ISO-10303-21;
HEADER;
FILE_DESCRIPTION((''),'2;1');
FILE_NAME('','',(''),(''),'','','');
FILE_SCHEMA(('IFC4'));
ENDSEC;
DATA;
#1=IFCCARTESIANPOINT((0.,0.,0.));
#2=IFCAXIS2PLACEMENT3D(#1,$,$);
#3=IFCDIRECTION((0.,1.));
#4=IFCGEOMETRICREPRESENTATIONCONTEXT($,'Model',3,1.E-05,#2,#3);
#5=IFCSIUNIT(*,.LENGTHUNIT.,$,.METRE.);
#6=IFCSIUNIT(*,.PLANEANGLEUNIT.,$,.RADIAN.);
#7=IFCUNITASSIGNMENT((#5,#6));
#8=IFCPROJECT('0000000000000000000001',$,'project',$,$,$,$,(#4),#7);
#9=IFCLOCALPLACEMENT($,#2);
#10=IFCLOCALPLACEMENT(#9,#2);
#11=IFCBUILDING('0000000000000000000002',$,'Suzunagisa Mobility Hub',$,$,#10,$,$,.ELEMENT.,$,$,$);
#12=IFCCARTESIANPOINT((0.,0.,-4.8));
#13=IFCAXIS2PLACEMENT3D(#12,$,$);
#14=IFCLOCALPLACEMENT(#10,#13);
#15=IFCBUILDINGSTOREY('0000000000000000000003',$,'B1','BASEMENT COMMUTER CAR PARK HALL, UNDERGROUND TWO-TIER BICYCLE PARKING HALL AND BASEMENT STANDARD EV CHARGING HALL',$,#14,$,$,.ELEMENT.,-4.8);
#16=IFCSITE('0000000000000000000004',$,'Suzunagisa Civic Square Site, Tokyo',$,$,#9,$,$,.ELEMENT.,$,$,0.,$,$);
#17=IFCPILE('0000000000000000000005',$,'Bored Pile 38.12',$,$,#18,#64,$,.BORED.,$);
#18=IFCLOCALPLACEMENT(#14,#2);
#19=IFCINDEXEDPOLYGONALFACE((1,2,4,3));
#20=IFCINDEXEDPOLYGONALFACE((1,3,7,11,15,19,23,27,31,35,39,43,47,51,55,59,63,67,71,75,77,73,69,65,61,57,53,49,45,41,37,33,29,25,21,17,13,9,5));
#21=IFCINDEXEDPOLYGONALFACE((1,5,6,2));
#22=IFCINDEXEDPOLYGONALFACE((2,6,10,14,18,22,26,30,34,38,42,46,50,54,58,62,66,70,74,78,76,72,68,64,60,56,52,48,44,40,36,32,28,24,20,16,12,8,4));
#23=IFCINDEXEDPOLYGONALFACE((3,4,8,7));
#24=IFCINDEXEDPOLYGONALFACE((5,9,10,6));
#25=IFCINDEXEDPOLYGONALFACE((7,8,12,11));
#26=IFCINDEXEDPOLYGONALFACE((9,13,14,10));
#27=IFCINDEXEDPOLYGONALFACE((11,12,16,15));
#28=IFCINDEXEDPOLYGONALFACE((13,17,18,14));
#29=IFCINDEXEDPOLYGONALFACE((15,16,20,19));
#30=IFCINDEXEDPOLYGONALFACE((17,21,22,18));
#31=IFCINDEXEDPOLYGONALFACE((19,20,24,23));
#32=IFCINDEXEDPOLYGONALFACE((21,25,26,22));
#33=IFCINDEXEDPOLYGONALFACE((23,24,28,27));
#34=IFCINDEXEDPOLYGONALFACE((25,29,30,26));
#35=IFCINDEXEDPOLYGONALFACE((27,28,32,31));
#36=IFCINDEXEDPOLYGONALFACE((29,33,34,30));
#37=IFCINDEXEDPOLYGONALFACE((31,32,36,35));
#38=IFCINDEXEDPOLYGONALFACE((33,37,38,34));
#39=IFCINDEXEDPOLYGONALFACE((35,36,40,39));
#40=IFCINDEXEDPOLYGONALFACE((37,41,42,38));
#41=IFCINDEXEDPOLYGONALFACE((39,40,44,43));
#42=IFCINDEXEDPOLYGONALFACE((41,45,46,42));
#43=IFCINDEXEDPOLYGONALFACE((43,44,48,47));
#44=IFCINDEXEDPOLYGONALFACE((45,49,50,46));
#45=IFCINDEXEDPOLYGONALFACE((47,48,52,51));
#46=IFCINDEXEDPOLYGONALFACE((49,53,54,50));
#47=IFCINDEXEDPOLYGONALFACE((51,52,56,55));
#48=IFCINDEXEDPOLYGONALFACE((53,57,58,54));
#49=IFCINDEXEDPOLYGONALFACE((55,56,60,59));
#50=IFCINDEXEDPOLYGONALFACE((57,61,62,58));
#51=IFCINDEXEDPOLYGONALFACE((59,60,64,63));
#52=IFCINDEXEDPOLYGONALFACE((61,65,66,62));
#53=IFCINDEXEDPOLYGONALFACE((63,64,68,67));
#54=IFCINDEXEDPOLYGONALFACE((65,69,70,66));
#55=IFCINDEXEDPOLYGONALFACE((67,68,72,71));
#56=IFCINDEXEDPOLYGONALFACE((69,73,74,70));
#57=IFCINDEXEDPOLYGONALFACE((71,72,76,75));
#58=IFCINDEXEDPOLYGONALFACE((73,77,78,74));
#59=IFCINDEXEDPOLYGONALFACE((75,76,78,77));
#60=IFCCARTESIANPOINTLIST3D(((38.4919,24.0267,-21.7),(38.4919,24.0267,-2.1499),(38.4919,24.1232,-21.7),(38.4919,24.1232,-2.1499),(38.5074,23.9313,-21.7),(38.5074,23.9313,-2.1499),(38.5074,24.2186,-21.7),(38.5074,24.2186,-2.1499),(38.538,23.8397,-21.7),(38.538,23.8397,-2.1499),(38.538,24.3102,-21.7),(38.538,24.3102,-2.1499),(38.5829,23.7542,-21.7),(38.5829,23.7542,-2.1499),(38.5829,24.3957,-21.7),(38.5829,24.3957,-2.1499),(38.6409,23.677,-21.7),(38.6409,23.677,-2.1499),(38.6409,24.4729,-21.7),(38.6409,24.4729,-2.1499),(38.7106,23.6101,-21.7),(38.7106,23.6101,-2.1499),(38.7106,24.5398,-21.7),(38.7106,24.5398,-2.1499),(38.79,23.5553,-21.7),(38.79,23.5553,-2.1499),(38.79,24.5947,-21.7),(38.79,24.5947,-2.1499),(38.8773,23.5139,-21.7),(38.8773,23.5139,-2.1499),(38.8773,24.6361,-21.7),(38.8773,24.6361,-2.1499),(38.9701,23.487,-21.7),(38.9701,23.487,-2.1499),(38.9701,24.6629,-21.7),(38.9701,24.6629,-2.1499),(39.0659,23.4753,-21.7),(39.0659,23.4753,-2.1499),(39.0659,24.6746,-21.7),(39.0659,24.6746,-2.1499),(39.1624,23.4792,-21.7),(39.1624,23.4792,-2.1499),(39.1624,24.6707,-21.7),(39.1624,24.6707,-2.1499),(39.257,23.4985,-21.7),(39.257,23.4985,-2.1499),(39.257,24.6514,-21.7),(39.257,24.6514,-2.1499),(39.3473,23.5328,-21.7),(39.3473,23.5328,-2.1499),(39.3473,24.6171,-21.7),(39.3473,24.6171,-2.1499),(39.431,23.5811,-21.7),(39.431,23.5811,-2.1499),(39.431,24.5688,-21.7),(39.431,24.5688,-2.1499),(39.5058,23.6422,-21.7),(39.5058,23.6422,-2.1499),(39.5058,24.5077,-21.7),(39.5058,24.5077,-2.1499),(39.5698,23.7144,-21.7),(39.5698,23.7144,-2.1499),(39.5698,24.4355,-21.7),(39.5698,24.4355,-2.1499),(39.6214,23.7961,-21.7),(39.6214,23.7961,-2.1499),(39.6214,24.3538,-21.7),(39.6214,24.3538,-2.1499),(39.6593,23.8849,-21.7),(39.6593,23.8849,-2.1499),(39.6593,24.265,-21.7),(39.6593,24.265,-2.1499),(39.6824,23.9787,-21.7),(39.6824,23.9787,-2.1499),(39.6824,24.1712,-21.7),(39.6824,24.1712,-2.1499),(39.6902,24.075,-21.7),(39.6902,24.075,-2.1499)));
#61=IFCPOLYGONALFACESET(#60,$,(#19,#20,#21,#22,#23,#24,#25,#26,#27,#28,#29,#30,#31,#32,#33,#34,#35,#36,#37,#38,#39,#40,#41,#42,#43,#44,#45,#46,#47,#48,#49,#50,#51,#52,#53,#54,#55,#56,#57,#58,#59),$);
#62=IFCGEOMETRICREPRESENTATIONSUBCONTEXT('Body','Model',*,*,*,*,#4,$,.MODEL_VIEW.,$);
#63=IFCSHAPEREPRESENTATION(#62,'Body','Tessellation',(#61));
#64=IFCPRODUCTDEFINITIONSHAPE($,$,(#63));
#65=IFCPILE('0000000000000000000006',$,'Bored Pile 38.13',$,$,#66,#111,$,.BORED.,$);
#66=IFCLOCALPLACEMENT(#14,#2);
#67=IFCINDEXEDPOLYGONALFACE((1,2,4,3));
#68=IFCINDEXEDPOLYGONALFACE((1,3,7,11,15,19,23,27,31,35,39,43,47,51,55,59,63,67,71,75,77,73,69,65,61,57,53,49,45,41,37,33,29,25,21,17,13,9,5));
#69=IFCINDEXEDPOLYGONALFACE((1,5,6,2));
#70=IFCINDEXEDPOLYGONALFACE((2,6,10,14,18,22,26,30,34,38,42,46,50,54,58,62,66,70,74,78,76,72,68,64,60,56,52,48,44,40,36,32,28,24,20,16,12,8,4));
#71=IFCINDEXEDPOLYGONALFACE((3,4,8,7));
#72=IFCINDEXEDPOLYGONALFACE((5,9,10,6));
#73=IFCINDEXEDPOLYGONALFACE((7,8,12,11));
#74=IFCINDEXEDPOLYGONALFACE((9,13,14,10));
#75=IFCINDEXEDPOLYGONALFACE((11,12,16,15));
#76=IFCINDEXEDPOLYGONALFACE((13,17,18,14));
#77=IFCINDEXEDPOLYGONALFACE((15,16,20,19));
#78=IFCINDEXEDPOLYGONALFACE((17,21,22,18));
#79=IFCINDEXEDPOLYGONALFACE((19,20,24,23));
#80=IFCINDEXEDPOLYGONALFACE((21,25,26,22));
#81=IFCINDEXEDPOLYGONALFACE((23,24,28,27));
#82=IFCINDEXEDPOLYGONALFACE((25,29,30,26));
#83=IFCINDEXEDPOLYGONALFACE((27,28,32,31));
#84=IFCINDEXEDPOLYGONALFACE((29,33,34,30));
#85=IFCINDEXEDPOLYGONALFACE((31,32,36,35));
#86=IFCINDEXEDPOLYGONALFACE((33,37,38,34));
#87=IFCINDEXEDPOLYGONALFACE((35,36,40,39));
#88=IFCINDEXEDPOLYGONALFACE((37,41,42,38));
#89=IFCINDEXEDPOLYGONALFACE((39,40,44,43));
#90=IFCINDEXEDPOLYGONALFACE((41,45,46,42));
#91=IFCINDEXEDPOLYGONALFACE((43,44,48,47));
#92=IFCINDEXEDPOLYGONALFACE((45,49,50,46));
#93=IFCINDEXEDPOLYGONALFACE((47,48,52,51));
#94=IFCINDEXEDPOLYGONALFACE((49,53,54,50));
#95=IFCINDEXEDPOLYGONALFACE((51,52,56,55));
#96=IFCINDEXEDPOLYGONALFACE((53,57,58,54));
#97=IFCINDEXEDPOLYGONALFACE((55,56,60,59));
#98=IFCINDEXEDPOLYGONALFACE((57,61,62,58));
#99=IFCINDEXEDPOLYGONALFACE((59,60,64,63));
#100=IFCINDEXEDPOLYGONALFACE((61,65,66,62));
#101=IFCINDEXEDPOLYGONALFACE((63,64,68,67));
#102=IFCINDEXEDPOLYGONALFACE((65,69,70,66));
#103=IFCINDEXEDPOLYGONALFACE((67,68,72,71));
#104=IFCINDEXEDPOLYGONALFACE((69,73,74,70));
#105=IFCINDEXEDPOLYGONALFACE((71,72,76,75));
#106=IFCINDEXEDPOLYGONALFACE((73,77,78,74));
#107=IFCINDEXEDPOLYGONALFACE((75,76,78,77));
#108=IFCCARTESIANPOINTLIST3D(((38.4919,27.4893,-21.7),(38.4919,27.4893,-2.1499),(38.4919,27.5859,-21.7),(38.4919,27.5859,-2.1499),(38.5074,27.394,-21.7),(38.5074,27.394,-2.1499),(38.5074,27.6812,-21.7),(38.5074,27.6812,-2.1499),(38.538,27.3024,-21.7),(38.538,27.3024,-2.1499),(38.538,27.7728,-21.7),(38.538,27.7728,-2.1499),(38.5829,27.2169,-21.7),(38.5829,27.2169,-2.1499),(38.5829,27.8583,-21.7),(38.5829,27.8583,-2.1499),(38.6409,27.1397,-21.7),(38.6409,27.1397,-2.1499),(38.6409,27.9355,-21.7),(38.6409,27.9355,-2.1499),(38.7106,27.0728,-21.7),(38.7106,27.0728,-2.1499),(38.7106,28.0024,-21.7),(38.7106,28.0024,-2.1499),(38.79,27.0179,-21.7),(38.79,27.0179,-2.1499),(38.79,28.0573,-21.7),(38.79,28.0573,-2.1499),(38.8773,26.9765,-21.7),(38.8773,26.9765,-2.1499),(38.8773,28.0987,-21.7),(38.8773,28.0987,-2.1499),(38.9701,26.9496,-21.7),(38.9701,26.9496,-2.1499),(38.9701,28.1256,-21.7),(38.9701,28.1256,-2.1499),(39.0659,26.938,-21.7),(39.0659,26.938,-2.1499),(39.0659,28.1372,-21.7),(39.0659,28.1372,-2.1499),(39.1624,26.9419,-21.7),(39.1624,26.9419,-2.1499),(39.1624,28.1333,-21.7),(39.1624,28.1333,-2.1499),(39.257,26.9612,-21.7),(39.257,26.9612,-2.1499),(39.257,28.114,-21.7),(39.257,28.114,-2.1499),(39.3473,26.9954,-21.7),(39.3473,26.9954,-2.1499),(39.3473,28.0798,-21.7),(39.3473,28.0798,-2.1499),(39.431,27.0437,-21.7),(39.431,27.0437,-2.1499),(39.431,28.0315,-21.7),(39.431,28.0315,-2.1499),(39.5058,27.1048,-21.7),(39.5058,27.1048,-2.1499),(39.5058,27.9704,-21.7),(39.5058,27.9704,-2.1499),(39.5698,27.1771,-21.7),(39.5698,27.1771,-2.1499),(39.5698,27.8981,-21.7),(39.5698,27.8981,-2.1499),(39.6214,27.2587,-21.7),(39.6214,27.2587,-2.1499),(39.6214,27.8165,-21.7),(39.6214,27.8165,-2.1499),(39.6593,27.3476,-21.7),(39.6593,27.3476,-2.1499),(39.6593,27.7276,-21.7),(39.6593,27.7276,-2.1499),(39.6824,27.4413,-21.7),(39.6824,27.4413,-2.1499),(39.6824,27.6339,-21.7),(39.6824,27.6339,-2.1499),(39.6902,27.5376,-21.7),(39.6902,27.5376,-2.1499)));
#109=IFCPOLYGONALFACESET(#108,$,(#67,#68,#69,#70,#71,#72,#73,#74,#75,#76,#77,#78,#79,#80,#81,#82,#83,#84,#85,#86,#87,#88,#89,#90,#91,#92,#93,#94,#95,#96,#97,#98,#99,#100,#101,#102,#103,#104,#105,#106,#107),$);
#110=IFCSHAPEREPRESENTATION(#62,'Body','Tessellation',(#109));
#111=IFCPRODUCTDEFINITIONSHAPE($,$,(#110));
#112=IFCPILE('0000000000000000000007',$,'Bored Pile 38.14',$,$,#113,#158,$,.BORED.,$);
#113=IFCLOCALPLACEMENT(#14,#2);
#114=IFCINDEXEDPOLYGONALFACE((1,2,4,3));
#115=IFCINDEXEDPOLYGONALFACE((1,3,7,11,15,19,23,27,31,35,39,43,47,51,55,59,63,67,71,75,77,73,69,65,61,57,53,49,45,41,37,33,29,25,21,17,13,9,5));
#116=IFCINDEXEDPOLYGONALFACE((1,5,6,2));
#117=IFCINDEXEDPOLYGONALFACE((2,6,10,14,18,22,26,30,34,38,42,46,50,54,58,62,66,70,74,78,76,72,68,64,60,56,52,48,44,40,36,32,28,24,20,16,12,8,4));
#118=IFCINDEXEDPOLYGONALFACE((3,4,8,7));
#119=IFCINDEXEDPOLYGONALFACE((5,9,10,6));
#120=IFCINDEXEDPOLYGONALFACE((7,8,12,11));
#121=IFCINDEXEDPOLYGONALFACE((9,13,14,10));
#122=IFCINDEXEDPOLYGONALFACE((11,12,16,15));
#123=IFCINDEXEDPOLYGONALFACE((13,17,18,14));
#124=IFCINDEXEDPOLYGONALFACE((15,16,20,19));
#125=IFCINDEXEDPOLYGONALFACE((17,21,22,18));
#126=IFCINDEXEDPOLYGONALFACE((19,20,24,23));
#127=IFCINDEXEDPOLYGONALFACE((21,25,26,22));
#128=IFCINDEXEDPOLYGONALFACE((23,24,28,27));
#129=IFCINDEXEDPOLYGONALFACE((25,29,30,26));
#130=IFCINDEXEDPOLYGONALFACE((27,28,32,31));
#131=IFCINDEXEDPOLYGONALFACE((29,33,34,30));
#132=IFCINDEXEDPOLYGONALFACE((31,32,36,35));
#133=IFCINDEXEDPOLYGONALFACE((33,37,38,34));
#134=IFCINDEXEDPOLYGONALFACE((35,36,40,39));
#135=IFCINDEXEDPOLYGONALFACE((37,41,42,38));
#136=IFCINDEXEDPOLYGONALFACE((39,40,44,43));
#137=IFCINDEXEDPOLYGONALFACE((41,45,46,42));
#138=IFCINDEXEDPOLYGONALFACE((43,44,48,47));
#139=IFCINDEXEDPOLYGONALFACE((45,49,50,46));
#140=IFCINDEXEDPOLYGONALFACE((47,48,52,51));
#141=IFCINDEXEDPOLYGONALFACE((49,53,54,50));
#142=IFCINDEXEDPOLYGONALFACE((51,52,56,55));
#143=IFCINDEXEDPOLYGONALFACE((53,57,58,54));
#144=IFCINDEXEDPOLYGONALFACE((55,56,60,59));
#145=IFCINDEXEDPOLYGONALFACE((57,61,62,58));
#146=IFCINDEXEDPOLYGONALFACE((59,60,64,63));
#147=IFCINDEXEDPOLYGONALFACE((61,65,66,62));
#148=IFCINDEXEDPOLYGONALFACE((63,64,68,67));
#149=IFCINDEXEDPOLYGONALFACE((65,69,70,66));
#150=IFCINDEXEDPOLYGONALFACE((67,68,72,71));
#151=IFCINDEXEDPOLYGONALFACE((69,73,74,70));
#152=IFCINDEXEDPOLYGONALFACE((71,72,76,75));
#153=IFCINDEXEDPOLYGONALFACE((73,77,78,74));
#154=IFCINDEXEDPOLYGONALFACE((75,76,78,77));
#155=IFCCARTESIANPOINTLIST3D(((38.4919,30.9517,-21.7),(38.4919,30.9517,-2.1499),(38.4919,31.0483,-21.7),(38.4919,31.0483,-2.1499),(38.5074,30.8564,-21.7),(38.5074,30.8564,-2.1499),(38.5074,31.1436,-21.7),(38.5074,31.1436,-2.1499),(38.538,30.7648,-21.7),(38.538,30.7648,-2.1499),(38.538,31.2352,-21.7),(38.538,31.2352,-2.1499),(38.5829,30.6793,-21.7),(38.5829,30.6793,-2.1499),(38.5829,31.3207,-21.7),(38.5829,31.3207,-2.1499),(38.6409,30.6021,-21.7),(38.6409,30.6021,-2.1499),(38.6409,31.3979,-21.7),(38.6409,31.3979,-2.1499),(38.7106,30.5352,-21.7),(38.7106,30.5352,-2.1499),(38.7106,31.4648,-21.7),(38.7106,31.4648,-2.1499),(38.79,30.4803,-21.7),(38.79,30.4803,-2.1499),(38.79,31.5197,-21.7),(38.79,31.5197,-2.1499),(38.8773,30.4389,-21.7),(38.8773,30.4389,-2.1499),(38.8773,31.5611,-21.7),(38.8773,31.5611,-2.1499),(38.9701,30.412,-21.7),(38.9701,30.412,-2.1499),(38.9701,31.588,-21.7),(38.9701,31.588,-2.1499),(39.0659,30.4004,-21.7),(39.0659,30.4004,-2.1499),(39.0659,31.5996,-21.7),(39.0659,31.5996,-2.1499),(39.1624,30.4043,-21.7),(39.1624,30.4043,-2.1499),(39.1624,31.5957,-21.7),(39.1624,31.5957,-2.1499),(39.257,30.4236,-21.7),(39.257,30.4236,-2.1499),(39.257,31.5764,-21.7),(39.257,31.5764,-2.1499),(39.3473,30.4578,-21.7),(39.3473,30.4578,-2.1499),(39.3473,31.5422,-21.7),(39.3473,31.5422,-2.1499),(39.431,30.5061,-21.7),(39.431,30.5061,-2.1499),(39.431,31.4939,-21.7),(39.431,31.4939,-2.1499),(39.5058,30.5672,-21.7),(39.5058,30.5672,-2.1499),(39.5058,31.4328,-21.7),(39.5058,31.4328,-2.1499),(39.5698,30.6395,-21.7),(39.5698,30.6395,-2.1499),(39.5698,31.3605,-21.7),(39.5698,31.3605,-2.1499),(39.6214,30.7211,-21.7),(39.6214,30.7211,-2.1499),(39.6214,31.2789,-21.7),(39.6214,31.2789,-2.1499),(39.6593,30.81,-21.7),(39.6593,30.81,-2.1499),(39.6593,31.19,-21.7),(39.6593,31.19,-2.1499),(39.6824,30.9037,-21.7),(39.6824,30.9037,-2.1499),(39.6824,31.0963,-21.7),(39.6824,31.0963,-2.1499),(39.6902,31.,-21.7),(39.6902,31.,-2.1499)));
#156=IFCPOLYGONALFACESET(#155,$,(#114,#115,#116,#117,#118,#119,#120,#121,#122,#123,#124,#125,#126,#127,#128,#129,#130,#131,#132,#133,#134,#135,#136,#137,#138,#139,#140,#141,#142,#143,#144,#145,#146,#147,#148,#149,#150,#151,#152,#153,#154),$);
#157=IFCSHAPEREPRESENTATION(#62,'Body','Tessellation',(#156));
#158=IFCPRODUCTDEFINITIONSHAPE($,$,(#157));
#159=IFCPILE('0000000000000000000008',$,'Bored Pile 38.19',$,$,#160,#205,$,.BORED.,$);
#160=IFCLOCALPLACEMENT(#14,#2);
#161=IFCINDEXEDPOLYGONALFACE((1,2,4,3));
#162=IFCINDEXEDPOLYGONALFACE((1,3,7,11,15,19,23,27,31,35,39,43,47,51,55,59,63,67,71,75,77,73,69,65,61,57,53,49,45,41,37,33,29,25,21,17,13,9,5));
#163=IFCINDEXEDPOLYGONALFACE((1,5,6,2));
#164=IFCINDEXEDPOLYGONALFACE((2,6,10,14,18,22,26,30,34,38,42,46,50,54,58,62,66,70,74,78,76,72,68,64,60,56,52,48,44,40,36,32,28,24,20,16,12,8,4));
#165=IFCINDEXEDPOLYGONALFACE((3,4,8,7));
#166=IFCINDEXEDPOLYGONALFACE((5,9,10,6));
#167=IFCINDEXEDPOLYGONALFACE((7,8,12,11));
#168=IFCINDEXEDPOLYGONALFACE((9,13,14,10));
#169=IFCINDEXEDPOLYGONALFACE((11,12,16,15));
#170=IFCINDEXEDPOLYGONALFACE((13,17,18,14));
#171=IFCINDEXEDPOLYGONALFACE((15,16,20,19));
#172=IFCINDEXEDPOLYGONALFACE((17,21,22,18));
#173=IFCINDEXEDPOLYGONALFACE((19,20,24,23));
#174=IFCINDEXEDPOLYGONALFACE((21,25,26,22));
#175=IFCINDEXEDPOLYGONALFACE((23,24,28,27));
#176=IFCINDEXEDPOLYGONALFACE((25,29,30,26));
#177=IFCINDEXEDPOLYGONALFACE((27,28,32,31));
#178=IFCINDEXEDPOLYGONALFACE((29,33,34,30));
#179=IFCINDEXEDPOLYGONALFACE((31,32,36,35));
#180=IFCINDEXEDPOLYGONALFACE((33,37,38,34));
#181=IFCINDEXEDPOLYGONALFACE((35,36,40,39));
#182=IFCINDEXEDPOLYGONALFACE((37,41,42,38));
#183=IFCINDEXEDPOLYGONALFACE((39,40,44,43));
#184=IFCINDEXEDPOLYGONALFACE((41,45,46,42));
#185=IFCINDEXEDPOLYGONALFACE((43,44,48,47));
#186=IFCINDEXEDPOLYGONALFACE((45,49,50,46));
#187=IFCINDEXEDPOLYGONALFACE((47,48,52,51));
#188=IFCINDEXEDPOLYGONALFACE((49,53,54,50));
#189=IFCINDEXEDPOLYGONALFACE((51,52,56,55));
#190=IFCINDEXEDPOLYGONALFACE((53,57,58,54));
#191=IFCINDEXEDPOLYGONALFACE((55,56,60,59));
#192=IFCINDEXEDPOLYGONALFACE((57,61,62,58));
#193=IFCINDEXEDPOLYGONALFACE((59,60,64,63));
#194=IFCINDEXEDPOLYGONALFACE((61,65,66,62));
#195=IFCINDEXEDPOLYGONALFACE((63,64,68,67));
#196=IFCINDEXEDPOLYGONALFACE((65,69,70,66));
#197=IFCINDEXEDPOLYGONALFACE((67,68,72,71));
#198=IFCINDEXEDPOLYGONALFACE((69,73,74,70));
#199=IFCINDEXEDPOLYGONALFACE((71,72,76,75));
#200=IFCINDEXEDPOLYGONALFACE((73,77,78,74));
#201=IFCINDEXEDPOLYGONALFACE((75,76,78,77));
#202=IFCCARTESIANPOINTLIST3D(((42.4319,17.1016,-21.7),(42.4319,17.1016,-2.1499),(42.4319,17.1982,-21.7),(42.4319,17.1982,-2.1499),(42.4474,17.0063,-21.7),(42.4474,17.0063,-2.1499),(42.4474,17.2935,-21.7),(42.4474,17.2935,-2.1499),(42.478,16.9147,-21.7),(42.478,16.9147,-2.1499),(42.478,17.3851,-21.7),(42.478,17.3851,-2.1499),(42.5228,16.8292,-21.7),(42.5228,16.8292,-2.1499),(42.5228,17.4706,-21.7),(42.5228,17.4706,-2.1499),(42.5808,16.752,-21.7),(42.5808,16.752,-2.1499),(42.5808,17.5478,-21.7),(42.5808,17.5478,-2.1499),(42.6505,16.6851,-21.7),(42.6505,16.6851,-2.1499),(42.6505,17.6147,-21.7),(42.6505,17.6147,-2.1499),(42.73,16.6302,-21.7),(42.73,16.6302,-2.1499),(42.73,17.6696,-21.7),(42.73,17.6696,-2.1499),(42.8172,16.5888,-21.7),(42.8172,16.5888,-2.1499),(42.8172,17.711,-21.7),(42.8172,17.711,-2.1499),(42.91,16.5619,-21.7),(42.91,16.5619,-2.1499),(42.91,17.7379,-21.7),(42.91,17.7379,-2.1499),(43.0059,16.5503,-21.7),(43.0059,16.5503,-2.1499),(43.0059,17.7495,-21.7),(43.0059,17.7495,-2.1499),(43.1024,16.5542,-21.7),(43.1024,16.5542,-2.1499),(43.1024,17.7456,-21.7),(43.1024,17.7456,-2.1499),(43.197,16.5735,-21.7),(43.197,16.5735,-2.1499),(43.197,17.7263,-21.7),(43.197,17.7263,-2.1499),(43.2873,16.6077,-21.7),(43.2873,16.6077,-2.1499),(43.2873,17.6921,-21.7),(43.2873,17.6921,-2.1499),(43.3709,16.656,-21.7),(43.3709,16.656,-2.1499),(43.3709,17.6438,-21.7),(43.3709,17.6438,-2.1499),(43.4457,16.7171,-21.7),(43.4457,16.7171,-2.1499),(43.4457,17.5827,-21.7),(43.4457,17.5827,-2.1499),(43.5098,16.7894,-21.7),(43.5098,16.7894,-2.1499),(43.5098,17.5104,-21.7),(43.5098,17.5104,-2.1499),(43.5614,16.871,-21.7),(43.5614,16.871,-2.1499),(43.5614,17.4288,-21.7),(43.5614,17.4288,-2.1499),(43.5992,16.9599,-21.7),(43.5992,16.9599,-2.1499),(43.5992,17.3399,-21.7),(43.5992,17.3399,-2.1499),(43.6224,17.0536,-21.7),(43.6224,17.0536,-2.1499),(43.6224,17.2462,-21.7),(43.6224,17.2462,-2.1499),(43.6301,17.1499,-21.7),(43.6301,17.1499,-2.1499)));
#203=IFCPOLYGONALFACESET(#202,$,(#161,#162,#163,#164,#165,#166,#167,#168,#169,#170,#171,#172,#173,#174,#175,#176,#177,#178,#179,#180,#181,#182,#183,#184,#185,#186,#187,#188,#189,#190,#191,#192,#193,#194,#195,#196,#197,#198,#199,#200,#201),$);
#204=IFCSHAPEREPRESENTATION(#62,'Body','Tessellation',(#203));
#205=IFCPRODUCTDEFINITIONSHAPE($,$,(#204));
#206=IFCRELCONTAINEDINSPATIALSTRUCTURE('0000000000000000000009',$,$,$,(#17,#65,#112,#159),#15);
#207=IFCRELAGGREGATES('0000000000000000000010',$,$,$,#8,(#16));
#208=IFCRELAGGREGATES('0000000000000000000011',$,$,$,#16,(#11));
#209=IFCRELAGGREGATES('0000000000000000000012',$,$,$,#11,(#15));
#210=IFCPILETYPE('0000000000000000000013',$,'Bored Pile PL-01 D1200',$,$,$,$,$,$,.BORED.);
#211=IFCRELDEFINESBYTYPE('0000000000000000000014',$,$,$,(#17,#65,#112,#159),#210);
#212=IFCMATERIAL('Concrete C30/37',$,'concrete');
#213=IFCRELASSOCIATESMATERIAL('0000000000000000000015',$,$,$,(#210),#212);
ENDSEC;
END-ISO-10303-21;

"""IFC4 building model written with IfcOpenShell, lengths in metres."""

from ifc_helpers import new_model, si_unit, direction, frame, origin, origin_2d, place, context, subcontext, project, spatial, circle, extrude, material, material_profile, profile_set, type_object, element, save


model = new_model("IFC4")

# Units and contexts
model_context = context("Model", 3, precision=1e-05, world=origin(), true_north=direction((0.0, 1.0)))
body_context = subcontext(model_context, "Body", "Model", "MODEL_VIEW")
ifc_project = project(units=[si_unit("LENGTHUNIT", "METRE"), si_unit("PLANEANGLEUNIT", "RADIAN")], contexts=[model_context])

# Site, building, storey
site_placement = place(None, origin())
site = spatial("IfcSite", under=ifc_project, at=site_placement, Name="Suzunagisa Civic Square Site, Tokyo", CompositionType="ELEMENT", RefElevation=0.0)
building_placement = place(site_placement, origin())
building = spatial("IfcBuilding", under=site, at=building_placement, Name="Suzunagisa Mobility Hub", CompositionType="ELEMENT")
storey_placement = place(building_placement, frame((0.0, 0.0, -4.8)))
storey = spatial("IfcBuildingStorey", under=building, at=storey_placement, Name="B1", Description="BASEMENT COMMUTER CAR PARK HALL, UNDERGROUND TWO-TIER BICYCLE PARKING HALL AND BASEMENT STANDARD EV CHARGING HALL", CompositionType="ELEMENT", Elevation=-4.8)

# Piles
ifc_material_1 = material(Name="Concrete C30/37", Category="concrete")
ifc_material_profile_1 = material_profile(ifc_material_1, circle(Radius=0.6001, at=origin_2d()), Name="BORED PILE D1200")
ifc_profile_set_1 = profile_set([ifc_material_profile_1], Name="Concrete C30/37")
pile_type = type_object("IfcPileType", Name="Bored Pile PL-01 D1200", PredefinedType="BORED", material=ifc_profile_set_1)
for number, where, z_axis, x_axis, name in (
    (1, (39.0901, 24.075, -2.1499), (0.0, 0.0, -1.0), (1.0, 0.0, 0.0), "Bored Pile 38.12"),
    (2, (39.0901, 27.5376, -2.1499), (0.0, 0.0, -1.0), (1.0, 0.0, 0.0), "Bored Pile 38.13"),
    (3, (39.0901, 31.0, -2.1499), (0.0, 0.0, -1.0), (1.0, 0.0, 0.0), "Bored Pile 38.14"),
    (4, (43.03, 17.1499, -2.1499), (0.0, 0.0, -1.0), (1.0, 0.0, 0.0), "Bored Pile 38.19"),
):
    element("IfcPile", number, at=place(storey_placement, frame(where, z_axis=z_axis, x_axis=x_axis)), inside=storey, type_object=pile_type, Name=name, PredefinedType="BORED", context=body_context, shape_type="SweptSolid", body=[
        extrude(circle(Radius=0.6001, at=origin_2d()), origin(), (0.0, 0.0, 1.0), 19.55),
    ])

save(model, "model.ifc")
